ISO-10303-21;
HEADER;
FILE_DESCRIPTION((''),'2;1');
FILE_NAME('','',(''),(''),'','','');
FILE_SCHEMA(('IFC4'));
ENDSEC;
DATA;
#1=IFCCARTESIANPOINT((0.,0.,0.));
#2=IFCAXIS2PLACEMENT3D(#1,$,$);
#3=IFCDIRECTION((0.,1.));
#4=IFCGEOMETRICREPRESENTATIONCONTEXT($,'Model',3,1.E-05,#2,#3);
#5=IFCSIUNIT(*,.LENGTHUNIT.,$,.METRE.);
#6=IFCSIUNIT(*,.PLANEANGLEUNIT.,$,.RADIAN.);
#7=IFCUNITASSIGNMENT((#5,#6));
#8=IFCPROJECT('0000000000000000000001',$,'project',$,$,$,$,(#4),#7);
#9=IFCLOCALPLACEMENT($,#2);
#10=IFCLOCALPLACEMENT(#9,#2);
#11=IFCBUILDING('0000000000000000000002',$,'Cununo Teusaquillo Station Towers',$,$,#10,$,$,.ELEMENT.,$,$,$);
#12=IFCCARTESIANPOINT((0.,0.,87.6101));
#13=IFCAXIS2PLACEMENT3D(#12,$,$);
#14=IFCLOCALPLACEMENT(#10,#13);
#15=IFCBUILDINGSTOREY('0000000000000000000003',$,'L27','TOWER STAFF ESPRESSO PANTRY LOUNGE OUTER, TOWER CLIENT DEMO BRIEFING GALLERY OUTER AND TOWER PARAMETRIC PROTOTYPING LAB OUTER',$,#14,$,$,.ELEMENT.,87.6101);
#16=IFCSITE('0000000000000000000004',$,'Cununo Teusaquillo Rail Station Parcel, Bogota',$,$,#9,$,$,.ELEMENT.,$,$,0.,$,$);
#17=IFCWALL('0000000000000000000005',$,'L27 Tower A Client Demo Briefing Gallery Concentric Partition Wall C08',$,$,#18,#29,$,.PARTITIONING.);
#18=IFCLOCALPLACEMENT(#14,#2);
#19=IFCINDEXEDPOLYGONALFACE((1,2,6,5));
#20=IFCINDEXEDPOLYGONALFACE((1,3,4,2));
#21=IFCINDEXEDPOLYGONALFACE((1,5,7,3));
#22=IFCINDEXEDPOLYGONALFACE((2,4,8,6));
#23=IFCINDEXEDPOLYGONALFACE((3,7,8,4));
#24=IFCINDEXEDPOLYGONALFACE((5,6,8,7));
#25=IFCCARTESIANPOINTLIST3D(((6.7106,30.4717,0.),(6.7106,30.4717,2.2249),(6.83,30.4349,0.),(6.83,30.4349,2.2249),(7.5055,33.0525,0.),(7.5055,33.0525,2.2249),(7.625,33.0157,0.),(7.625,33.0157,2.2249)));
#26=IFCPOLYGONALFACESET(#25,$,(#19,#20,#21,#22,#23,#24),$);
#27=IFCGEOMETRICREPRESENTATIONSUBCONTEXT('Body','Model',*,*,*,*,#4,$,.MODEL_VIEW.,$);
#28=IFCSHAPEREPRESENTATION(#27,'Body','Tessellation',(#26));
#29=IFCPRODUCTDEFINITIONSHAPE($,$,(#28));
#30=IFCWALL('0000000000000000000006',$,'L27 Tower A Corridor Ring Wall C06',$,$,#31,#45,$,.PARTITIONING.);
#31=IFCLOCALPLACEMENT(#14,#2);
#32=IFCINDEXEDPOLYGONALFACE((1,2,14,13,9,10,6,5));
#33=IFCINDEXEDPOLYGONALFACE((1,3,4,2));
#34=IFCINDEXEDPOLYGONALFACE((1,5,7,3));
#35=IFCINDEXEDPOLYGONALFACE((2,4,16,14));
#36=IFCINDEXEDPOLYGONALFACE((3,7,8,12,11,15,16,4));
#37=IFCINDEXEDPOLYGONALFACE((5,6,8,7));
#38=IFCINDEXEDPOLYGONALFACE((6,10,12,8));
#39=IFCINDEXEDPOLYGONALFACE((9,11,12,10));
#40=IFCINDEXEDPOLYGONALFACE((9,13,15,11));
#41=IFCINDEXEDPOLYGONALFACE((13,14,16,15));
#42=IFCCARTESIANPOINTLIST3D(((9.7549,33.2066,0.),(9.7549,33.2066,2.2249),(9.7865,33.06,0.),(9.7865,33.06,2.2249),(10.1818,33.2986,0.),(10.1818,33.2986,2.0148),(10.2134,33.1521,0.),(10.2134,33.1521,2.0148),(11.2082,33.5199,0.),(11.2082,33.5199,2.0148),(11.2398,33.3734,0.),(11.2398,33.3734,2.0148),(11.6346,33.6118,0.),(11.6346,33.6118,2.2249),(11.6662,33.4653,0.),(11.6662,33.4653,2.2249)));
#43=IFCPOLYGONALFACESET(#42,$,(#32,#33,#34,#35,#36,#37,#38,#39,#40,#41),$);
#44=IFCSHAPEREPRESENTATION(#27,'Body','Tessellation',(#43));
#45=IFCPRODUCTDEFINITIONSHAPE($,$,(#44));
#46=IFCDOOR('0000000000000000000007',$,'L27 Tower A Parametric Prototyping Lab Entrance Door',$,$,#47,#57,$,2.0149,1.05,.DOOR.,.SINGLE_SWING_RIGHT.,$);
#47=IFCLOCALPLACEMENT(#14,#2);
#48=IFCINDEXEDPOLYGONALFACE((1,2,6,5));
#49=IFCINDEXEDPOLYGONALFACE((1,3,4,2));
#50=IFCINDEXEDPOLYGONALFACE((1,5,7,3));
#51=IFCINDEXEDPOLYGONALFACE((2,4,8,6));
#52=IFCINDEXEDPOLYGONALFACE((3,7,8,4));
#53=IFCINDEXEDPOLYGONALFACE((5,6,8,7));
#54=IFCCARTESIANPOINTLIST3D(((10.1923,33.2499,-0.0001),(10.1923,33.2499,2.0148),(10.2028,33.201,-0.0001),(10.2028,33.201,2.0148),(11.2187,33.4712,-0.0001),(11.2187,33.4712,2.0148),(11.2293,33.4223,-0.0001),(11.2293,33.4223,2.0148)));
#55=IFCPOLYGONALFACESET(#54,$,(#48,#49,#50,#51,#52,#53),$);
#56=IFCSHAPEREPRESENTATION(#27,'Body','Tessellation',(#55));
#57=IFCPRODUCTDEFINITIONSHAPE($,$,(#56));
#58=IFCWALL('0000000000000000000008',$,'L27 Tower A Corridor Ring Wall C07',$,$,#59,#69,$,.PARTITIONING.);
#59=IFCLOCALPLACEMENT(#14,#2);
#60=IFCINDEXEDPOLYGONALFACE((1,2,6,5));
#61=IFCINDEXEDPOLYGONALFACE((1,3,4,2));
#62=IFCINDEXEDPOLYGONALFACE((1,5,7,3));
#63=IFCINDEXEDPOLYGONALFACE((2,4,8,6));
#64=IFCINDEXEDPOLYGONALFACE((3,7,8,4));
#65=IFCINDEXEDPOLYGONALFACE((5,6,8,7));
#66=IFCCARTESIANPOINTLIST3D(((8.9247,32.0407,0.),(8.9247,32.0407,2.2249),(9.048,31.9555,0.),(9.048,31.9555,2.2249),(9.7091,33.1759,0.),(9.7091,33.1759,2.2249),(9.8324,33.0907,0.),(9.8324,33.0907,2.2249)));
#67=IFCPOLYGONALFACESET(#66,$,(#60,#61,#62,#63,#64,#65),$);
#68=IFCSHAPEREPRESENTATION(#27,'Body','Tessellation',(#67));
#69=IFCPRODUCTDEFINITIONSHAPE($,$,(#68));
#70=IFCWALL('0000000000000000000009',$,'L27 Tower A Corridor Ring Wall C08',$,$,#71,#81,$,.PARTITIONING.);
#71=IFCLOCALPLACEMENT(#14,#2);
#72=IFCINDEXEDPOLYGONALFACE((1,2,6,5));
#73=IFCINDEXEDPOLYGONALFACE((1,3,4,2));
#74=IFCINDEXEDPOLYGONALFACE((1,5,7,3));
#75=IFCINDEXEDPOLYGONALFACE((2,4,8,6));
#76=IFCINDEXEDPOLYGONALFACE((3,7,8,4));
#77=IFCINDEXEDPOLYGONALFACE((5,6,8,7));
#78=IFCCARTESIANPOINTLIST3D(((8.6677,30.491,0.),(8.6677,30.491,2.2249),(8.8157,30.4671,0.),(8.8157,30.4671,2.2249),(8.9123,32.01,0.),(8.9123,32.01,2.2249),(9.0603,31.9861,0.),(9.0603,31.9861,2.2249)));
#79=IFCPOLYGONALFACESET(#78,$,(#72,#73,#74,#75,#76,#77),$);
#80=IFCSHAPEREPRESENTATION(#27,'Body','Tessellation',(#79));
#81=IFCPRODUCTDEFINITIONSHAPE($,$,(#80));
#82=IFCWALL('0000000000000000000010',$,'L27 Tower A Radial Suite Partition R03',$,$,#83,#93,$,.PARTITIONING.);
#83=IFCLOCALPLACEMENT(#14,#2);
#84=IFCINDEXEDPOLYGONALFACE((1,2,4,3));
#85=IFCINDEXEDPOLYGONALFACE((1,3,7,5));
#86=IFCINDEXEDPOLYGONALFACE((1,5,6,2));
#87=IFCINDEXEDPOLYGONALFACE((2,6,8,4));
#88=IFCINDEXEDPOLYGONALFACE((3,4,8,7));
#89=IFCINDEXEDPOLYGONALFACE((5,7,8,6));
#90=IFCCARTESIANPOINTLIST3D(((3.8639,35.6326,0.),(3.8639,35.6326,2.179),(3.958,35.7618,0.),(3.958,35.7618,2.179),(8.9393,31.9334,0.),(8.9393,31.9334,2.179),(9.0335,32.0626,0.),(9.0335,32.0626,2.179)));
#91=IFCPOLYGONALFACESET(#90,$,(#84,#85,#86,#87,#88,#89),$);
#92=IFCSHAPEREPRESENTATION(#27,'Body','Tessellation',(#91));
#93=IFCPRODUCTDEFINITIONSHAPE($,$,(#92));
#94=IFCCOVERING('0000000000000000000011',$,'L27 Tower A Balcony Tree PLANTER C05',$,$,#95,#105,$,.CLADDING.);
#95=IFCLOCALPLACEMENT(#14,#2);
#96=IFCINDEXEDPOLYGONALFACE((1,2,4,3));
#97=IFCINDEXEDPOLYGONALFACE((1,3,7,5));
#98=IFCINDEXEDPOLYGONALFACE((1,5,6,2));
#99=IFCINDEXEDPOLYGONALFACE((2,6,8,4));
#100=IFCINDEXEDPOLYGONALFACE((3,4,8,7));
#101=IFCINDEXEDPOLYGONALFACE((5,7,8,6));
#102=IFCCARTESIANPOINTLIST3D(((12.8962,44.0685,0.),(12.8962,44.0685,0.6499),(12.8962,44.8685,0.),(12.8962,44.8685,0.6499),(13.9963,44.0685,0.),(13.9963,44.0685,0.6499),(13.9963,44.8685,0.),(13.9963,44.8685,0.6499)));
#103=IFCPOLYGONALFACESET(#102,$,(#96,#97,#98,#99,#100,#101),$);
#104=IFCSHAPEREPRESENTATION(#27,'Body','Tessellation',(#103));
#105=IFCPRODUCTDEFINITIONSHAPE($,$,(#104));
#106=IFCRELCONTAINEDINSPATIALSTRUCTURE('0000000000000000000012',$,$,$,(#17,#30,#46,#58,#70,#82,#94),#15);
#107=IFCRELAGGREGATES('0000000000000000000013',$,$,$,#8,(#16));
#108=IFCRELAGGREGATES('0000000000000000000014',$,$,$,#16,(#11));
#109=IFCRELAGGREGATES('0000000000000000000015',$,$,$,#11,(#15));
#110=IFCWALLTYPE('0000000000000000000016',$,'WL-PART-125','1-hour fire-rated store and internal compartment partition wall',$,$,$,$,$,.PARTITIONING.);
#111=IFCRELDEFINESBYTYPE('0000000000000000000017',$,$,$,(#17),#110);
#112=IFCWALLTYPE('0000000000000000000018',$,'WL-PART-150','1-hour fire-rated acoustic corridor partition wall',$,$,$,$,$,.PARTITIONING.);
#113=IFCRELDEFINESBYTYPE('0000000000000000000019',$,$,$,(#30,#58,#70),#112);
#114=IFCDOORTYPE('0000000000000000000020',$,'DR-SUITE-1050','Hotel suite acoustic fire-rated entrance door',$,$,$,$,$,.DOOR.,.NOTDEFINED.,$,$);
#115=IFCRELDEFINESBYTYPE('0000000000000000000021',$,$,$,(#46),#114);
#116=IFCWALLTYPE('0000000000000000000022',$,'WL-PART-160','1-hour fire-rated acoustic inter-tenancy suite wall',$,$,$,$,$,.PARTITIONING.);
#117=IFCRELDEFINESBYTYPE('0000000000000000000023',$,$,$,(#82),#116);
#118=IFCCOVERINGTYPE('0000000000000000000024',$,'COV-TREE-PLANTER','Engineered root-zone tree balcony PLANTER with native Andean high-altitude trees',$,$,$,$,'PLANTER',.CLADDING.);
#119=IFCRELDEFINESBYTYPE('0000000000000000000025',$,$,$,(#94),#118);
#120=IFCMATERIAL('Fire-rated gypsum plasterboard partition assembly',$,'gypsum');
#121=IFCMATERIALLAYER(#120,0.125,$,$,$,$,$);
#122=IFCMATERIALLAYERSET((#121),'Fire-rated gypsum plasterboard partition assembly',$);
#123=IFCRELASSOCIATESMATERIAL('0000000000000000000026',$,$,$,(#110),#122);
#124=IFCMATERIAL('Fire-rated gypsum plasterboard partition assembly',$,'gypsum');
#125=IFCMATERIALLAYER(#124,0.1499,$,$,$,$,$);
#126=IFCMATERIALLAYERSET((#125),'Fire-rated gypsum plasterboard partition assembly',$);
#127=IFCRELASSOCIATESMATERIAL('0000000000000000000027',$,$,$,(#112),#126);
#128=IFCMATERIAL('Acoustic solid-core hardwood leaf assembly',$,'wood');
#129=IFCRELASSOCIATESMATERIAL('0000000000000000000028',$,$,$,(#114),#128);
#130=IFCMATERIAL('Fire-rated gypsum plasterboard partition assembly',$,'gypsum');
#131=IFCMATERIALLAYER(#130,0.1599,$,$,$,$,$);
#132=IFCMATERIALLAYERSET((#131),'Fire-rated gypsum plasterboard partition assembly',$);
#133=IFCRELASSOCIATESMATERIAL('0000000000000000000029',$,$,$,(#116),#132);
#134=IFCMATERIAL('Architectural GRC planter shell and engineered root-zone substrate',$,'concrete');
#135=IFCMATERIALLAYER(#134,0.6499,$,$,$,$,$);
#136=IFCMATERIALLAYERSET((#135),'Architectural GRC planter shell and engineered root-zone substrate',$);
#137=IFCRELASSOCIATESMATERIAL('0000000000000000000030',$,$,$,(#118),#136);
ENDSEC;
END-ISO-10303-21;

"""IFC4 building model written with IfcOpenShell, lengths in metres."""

from ifc_helpers import new_model, si_unit, direction, frame, frame_2d, origin, origin_2d, place, context, subcontext, project, spatial, rectangle, extrude, source, transform, mapped, material, layer, layer_set, type_object, element, fill, save


model = new_model("IFC4")

# Units and contexts
model_context = context("Model", 3, precision=1e-05, world=origin(), true_north=direction((0.0, 1.0)))
body_context = subcontext(model_context, "Body", "Model", "MODEL_VIEW")
ifc_project = project(units=[si_unit("LENGTHUNIT", "METRE"), si_unit("PLANEANGLEUNIT", "RADIAN")], contexts=[model_context])

# Site, building, storey
site_placement = place(None, origin())
site = spatial("IfcSite", under=ifc_project, at=site_placement, Name="Cununo Teusaquillo Rail Station Parcel, Bogota", CompositionType="ELEMENT", RefElevation=0.0)
building_placement = place(site_placement, origin())
building = spatial("IfcBuilding", under=site, at=building_placement, Name="Cununo Teusaquillo Station Towers", CompositionType="ELEMENT")
storey_placement = place(building_placement, frame((0.0, 0.0, 87.6101)))
storey = spatial("IfcBuildingStorey", under=building, at=storey_placement, Name="L27", Description="TOWER STAFF ESPRESSO PANTRY LOUNGE OUTER, TOWER CLIENT DEMO BRIEFING GALLERY OUTER AND TOWER PARAMETRIC PROTOTYPING LAB OUTER", CompositionType="ELEMENT", Elevation=87.6101)

# Shared definitions
ifc_material_1 = material(Name="Fire-rated gypsum plasterboard partition assembly", Category="gypsum")
ifc_layer_1 = layer(ifc_material_1, 0.125)
ifc_layer_set_1 = layer_set([ifc_layer_1], Name="Fire-rated gypsum plasterboard partition assembly")
wall_type_1 = type_object("IfcWallType", Name="WL-PART-125", Description="1-hour fire-rated store and internal compartment partition wall", PredefinedType="PARTITIONING", material=ifc_layer_set_1)

# Wall
wall_1_placement = place(storey_placement, frame((7.5652, 33.0339, 0.0), z_axis=(0.0, 0.0, 1.0), x_axis=(-0.294365, -0.955693, 0.0)))
element("IfcWall", 1, at=wall_1_placement, inside=storey, type_object=wall_type_1, Name="L27 Tower A Client Demo Briefing Gallery Concentric Partition Wall C08", PredefinedType="PARTITIONING", context=body_context, shape_type="SweptSolid", body=[
    extrude(rectangle(XDim=2.7004, YDim=0.125, at=frame_2d((1.3501, 0.0))), origin(), (0.0, 0.0, 1.0), 2.2249),
])

# Wall, opening, door
ifc_material_2 = material(Name="Fire-rated gypsum plasterboard partition assembly", Category="gypsum")
ifc_layer_2 = layer(ifc_material_2, 0.1499)
ifc_layer_set_2 = layer_set([ifc_layer_2], Name="Fire-rated gypsum plasterboard partition assembly")
wall_type_2 = type_object("IfcWallType", Name="WL-PART-150", Description="1-hour fire-rated acoustic corridor partition wall", PredefinedType="PARTITIONING", material=ifc_layer_set_2)
wall_2_placement = place(storey_placement, frame((11.6504, 33.5386, 0.0), z_axis=(0.0, 0.0, 1.0), x_axis=(-0.977536, -0.210769, 0.0)))
wall_2 = element("IfcWall", 2, at=wall_2_placement, inside=storey, type_object=wall_type_2, Name="L27 Tower A Corridor Ring Wall C06", PredefinedType="PARTITIONING", context=body_context, shape_type="SweptSolid", body=[
    extrude(rectangle(XDim=1.9229, YDim=0.1499, at=frame_2d((0.9614, 0.0))), origin(), (0.0, 0.0, 1.0), 2.2249),
])
shared_shape_1 = source(origin(), body_context, "Body", "SweptSolid", [
    extrude(rectangle(XDim=1.05, YDim=2.0149, at=frame_2d((0.5249, 1.0073))), frame((0.0, 0.085, 0.0), z_axis=(0.0, -1.0, 0.0), x_axis=(1.0, 0.0, 0.0)), (0.0, 0.0, 1.0), 0.1699),
])
opening_1_placement = place(wall_2_placement, frame((0.4363, 0.0, 0.0)))
opening_1 = element("IfcOpeningElement", 3, at=opening_1_placement, cuts=wall_2, PredefinedType="OPENING", context=body_context, shape_type="MappedRepresentation", body=[
    mapped(shared_shape_1, transform((0.0, 0.0, 0.0), x_axis=(1.0, 0.0, 0.0), y_axis=(0.0, 1.0, 0.0), z_axis=(0.0, 0.0, 1.0), scale=1.0)),
])
ifc_material_3 = material(Name="Acoustic solid-core hardwood leaf assembly", Category="wood")
door_type_1 = type_object("IfcDoorType", Name="DR-SUITE-1050", Description="Hotel suite acoustic fire-rated entrance door", OperationType="NOTDEFINED", PredefinedType="DOOR", material=ifc_material_3)
shared_shape_2 = source(origin(), body_context, "Body", "SweptSolid", [
    extrude(rectangle(XDim=1.05, YDim=2.0149, at=frame_2d((0.5249, 1.0073))), frame((0.0, 0.0249, 0.0), z_axis=(0.0, -1.0, 0.0), x_axis=(1.0, 0.0, 0.0)), (0.0, 0.0, 1.0), 0.05),
])
door_1_placement = place(opening_1_placement, origin())
door_1 = element("IfcDoor", 4, at=door_1_placement, inside=storey, type_object=door_type_1, Name="L27 Tower A Parametric Prototyping Lab Entrance Door", OperationType="SINGLE_SWING_RIGHT", OverallHeight=2.0149, OverallWidth=1.05, PredefinedType="DOOR", context=body_context, shape_type="MappedRepresentation", body=[
    mapped(shared_shape_2, transform((0.0, 0.0, 0.0), x_axis=(1.0, 0.0, 0.0), y_axis=(0.0, 1.0, 0.0), z_axis=(0.0, 0.0, 1.0), scale=1.0)),
])
fill(opening_1, door_1)

# Walls
wall_3_placement = place(storey_placement, frame((9.7708, 33.1333, 0.0), z_axis=(0.0, 0.0, 1.0), x_axis=(-0.568465, -0.822708, 0.0)))
element("IfcWall", 5, at=wall_3_placement, inside=storey, type_object=wall_type_2, Name="L27 Tower A Corridor Ring Wall C07", PredefinedType="PARTITIONING", context=body_context, shape_type="SweptSolid", body=[
    extrude(rectangle(XDim=1.3799, YDim=0.1499, at=frame_2d((0.6899, 0.0))), origin(), (0.0, 0.0, 1.0), 2.2249),
])
wall_4_placement = place(storey_placement, frame((8.9863, 31.998, 0.0), z_axis=(0.0, 0.0, 1.0), x_axis=(-0.158993, -0.98728, 0.0)))
element("IfcWall", 6, at=wall_4_placement, inside=storey, type_object=wall_type_2, Name="L27 Tower A Corridor Ring Wall C08", PredefinedType="PARTITIONING", context=body_context, shape_type="SweptSolid", body=[
    extrude(rectangle(XDim=1.5386, YDim=0.1499, at=frame_2d((0.7693, 0.0))), origin(), (0.0, 0.0, 1.0), 2.2249),
])
ifc_material_4 = material(Name="Fire-rated gypsum plasterboard partition assembly", Category="gypsum")
ifc_layer_3 = layer(ifc_material_4, 0.1599)
ifc_layer_set_3 = layer_set([ifc_layer_3], Name="Fire-rated gypsum plasterboard partition assembly")
wall_type_3 = type_object("IfcWallType", Name="WL-PART-160", Description="1-hour fire-rated acoustic inter-tenancy suite wall", PredefinedType="PARTITIONING", material=ifc_layer_set_3)
wall_5_placement = place(storey_placement, frame((8.9863, 31.998, 0.0), z_axis=(0.0, 0.0, 1.0), x_axis=(-0.80813, 0.589003, 0.0)))
element("IfcWall", 7, at=wall_5_placement, inside=storey, type_object=wall_type_3, Name="L27 Tower A Radial Suite Partition R03", PredefinedType="PARTITIONING", context=body_context, shape_type="SweptSolid", body=[
    extrude(rectangle(XDim=6.2805, YDim=0.1599, at=frame_2d((3.1401, 0.0))), origin(), (0.0, 0.0, 1.0), 2.179),
])

# Covering
ifc_material_5 = material(Name="Architectural GRC planter shell and engineered root-zone substrate", Category="concrete")
ifc_layer_4 = layer(ifc_material_5, 0.6499)
ifc_layer_set_4 = layer_set([ifc_layer_4], Name="Architectural GRC planter shell and engineered root-zone substrate")
covering_type = type_object("IfcCoveringType", Name="COV-TREE-PLANTER", Description="Engineered root-zone tree balcony PLANTER with native Andean high-altitude trees", ElementType="PLANTER", PredefinedType="CLADDING", material=ifc_layer_set_4)
shared_shape_3 = source(origin(), body_context, "Body", "SweptSolid", [
    extrude(rectangle(XDim=1.1001, YDim=0.8, at=origin_2d()), origin(), (0.0, 0.0, 1.0), 0.6499),
])
covering_placement = place(storey_placement, frame((13.4463, 44.4685, 0.0), z_axis=(0.0, 0.0, 1.0), x_axis=(1.0, 0.0, 0.0)))
element("IfcCovering", 8, at=covering_placement, inside=storey, type_object=covering_type, Name="L27 Tower A Balcony Tree PLANTER C05", PredefinedType="CLADDING", context=body_context, shape_type="MappedRepresentation", body=[
    mapped(shared_shape_3, transform((0.0, 0.0, 0.0), x_axis=(1.0, 0.0, 0.0), y_axis=(0.0, 1.0, 0.0), z_axis=(0.0, 0.0, 1.0), scale=1.0)),
])

save(model, "model.ifc")
